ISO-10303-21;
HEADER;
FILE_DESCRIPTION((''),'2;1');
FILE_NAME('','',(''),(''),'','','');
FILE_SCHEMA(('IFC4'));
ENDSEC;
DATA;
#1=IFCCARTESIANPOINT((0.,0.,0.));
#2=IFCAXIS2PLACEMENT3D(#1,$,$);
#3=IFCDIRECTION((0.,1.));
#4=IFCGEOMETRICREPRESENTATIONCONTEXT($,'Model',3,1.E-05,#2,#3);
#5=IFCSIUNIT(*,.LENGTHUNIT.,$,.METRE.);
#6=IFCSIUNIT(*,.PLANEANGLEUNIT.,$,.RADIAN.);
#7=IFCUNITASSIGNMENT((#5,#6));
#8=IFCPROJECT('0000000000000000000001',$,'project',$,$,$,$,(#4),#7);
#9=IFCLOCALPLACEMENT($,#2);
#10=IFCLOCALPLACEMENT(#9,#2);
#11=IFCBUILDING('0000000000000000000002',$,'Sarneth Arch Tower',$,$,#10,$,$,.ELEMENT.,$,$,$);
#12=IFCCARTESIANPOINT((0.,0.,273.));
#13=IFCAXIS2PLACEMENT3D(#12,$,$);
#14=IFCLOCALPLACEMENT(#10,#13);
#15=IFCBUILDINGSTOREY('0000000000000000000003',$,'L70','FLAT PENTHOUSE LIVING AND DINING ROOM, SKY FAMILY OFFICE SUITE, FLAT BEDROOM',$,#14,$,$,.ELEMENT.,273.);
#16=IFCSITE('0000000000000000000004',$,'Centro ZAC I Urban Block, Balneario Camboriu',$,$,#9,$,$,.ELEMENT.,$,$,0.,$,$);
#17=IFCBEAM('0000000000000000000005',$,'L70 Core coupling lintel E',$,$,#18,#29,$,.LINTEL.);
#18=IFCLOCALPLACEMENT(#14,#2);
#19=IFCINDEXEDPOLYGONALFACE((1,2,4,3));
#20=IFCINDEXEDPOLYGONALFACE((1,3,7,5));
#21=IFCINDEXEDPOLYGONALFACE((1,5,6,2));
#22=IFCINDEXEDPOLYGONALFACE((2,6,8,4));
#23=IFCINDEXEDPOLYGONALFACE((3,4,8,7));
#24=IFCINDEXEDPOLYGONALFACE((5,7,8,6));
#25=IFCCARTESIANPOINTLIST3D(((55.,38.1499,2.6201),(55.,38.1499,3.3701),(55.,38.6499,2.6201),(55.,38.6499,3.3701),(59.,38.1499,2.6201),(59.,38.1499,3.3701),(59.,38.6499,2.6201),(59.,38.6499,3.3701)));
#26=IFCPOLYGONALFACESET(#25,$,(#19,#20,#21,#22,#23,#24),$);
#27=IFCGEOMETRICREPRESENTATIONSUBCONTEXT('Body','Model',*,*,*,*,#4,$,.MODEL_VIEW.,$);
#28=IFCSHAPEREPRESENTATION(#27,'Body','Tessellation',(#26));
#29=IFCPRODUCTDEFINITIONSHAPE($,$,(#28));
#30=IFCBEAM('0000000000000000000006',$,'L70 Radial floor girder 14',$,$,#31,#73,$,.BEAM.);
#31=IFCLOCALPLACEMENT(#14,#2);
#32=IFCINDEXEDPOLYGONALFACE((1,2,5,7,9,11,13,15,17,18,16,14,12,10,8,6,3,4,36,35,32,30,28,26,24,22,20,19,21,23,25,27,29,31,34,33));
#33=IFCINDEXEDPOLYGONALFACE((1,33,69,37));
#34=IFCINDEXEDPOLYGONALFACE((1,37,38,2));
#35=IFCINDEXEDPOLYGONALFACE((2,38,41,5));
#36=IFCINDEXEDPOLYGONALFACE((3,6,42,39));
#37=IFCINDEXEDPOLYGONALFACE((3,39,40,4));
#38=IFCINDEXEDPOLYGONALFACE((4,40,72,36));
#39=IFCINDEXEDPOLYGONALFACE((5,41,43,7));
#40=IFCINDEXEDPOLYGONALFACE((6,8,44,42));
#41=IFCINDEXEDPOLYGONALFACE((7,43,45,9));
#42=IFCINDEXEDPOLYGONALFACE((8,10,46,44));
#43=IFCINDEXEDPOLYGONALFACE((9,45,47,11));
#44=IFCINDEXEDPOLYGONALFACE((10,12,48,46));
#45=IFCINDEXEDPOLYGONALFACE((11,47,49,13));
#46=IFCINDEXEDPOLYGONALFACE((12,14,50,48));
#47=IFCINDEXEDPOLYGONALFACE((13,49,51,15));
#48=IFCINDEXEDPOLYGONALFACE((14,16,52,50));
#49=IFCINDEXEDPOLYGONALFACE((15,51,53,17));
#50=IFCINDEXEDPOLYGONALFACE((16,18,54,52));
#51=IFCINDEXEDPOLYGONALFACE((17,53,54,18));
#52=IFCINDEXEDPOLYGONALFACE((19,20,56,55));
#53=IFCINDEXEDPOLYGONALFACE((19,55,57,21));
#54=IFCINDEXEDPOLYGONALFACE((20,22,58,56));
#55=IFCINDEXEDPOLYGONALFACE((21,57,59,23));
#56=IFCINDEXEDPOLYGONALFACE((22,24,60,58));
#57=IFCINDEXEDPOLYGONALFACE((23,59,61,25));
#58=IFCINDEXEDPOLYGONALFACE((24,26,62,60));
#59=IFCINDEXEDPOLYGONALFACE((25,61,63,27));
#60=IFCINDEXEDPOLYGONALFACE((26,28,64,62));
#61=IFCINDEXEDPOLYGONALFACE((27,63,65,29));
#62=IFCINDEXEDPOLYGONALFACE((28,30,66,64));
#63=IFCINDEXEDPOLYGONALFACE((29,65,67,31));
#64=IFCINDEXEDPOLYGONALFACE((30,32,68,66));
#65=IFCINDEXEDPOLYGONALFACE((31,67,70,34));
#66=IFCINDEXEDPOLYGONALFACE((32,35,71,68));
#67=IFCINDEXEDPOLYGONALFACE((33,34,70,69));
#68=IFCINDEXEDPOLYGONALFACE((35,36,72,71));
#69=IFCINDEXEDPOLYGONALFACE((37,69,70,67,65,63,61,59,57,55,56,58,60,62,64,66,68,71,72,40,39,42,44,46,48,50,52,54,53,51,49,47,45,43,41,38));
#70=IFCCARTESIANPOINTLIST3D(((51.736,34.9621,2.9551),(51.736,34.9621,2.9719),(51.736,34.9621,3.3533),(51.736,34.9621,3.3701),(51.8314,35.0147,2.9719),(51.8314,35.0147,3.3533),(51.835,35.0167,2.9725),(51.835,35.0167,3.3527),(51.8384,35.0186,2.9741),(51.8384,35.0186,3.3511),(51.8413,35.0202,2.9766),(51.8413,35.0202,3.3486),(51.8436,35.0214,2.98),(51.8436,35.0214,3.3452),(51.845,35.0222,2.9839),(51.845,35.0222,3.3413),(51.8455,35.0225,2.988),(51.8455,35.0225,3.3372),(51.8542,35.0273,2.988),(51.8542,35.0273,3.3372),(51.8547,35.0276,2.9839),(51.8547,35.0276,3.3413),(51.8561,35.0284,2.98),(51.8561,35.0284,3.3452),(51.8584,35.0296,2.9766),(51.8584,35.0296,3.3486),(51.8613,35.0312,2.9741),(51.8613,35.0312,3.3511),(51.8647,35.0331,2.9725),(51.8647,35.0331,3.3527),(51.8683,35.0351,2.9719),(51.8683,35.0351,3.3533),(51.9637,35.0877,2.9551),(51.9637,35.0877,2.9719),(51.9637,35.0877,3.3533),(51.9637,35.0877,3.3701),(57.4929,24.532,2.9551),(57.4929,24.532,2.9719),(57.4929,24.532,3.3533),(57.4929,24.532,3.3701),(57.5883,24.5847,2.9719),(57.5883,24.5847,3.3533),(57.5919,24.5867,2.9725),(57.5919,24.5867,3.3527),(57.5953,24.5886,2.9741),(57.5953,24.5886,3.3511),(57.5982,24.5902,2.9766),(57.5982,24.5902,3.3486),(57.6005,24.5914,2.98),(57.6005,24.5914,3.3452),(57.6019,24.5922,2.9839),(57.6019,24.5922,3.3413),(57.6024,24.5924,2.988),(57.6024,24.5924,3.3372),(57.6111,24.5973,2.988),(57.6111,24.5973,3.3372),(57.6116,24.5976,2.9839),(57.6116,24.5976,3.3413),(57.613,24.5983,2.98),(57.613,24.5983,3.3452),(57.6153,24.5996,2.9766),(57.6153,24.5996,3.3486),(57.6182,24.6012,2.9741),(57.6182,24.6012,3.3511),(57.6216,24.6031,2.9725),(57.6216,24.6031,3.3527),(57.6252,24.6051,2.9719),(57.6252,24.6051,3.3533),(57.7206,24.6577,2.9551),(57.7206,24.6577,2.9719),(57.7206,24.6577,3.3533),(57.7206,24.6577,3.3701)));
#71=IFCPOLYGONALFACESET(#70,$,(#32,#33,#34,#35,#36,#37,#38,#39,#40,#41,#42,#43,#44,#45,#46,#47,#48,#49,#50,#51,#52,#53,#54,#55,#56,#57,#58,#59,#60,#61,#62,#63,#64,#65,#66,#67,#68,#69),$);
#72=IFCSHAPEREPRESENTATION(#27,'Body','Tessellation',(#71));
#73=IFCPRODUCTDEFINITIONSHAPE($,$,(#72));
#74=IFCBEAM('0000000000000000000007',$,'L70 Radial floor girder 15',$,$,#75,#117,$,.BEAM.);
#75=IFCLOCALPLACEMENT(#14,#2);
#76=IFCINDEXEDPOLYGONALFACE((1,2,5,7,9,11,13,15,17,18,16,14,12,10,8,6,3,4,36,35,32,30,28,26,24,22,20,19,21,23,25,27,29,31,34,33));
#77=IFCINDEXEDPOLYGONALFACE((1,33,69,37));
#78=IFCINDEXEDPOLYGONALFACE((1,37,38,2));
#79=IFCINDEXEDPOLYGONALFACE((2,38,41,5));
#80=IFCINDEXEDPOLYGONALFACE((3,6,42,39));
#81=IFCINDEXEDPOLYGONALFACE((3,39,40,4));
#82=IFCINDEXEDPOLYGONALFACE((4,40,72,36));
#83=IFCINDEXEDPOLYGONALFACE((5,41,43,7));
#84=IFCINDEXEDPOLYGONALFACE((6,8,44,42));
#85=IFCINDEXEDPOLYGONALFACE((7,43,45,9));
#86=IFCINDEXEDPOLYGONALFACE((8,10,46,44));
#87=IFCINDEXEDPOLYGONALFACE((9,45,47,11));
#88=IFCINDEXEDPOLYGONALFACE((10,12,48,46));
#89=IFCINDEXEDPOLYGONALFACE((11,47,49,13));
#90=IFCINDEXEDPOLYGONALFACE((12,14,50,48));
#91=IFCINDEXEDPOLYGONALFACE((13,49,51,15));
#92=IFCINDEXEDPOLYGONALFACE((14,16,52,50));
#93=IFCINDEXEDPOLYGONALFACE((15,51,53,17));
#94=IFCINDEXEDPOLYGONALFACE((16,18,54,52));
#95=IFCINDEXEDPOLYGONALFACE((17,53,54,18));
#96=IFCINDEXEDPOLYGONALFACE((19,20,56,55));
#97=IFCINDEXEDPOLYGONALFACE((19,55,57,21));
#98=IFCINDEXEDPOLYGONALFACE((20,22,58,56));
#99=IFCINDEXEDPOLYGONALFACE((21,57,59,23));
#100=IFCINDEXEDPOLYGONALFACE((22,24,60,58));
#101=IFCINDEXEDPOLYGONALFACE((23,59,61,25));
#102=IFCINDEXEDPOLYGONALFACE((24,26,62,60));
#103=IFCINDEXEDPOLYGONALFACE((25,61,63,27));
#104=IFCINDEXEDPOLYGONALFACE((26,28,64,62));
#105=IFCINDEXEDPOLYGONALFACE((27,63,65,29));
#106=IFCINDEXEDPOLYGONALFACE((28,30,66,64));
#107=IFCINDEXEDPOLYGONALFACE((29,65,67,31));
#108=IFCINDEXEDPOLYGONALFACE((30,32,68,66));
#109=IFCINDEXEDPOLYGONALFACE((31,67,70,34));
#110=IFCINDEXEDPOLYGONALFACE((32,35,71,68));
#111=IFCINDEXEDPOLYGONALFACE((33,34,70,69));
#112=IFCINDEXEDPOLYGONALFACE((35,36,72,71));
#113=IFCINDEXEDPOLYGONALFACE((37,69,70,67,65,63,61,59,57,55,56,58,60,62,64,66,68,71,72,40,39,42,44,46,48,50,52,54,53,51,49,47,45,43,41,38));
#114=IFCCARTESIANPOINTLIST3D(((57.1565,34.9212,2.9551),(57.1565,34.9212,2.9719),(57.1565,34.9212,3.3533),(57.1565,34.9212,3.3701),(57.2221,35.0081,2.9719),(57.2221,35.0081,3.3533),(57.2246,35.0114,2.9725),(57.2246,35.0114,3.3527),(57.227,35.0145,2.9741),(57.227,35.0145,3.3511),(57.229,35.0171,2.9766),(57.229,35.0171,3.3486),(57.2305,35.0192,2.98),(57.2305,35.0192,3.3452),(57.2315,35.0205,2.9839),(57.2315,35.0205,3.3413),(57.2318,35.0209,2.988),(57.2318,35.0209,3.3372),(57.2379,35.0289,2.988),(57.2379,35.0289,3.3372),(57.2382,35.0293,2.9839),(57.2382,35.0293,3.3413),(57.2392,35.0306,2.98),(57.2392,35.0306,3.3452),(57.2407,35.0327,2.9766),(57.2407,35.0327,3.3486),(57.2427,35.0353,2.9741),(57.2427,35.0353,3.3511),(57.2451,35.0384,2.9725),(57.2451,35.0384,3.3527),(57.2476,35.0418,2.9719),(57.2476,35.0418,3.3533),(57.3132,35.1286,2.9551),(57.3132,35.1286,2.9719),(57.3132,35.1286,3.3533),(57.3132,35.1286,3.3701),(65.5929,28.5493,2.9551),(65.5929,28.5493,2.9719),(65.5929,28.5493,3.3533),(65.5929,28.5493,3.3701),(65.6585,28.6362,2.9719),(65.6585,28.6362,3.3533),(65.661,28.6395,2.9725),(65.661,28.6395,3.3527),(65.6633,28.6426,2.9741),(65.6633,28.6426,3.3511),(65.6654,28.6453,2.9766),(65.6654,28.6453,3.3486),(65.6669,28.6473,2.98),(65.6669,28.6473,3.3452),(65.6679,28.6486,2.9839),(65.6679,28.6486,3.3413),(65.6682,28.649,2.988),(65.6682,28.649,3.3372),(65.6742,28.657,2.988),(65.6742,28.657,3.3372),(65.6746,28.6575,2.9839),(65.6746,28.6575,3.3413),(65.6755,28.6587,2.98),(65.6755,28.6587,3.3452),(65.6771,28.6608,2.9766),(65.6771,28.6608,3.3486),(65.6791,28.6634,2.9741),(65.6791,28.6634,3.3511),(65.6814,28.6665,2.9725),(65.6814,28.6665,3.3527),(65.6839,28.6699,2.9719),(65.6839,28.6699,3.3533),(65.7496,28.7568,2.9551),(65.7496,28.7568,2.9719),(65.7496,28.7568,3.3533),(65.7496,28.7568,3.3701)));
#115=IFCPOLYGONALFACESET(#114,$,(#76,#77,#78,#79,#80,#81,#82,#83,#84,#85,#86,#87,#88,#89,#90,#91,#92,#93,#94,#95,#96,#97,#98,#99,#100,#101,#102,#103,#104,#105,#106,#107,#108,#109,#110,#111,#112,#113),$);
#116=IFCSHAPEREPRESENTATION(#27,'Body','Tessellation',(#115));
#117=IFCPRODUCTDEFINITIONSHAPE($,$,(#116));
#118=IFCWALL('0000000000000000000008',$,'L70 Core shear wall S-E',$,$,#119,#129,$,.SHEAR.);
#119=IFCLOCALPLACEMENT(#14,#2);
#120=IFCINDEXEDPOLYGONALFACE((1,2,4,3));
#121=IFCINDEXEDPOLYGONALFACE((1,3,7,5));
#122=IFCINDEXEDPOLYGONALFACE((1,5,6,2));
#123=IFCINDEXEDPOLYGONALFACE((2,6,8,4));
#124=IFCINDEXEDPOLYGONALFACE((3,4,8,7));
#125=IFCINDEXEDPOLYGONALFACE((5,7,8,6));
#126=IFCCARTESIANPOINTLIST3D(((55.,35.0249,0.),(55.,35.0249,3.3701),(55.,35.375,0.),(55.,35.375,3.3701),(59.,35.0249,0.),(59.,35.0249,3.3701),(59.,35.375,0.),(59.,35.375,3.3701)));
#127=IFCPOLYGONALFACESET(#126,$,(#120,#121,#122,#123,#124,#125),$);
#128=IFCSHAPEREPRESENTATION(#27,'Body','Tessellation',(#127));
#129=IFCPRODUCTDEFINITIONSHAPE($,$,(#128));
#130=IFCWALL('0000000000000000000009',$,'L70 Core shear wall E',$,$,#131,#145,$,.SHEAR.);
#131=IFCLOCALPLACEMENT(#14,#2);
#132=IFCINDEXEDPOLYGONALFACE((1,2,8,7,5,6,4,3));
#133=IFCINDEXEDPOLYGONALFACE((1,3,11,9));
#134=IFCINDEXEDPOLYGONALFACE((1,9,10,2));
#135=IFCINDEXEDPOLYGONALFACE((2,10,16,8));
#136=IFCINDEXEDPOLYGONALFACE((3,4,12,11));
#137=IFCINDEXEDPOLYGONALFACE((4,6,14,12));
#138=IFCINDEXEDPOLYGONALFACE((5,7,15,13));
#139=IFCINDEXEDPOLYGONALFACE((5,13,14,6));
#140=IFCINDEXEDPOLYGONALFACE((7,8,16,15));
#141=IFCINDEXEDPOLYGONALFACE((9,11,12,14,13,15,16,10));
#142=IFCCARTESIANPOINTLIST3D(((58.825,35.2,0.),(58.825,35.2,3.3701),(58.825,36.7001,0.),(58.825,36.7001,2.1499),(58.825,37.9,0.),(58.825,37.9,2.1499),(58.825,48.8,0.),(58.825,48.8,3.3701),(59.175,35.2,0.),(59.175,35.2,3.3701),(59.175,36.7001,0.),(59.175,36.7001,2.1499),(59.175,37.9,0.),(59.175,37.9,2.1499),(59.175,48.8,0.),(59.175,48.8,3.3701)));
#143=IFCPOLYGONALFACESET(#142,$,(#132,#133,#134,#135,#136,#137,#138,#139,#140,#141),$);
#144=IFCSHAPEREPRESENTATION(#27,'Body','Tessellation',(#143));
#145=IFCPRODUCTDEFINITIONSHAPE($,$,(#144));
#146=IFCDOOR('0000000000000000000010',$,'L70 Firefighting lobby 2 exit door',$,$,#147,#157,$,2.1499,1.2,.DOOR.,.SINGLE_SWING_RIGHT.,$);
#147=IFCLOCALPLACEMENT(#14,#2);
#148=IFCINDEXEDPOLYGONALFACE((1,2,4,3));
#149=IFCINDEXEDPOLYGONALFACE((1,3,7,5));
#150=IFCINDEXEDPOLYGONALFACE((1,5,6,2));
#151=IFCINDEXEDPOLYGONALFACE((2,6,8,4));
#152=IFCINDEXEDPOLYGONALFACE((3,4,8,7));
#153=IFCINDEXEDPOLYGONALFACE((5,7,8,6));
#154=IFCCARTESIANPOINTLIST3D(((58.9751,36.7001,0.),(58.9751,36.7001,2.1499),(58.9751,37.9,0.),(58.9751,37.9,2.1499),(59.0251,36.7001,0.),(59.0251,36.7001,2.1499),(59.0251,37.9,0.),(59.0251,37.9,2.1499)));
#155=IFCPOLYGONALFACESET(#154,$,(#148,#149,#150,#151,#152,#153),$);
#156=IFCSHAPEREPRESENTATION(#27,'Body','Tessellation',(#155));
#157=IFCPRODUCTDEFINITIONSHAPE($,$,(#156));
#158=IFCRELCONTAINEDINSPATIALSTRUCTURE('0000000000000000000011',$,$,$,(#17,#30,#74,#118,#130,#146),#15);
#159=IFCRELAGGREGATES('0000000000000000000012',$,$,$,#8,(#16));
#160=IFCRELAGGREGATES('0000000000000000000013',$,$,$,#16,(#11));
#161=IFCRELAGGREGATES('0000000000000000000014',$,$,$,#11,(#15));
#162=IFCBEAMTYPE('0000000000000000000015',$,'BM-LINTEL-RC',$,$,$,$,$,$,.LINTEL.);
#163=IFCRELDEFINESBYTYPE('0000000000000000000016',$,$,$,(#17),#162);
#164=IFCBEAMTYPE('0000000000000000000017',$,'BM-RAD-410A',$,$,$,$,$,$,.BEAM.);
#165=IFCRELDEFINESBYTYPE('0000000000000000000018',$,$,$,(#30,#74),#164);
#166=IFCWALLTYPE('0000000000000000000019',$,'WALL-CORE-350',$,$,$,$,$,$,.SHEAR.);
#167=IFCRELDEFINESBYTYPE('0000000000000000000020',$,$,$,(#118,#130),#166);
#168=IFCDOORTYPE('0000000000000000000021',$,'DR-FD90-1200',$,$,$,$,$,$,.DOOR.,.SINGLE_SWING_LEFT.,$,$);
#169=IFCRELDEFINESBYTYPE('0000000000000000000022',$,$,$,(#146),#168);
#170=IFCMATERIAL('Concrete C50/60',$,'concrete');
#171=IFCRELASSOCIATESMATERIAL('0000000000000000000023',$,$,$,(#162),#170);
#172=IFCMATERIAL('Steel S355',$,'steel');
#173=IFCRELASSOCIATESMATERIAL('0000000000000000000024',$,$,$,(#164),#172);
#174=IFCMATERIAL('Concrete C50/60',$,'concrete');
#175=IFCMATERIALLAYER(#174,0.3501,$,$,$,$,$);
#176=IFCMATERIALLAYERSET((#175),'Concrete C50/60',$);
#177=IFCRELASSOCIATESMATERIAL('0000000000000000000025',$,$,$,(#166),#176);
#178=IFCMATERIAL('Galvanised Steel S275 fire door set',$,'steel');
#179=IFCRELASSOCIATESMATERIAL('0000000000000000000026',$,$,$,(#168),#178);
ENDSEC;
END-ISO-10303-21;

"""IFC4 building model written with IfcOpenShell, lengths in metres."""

from ifc_helpers import new_model, si_unit, direction, frame, frame_2d, origin, origin_2d, place, context, subcontext, project, spatial, rectangle, i_section, extrude, material, layer, layer_set, material_profile, profile_set, type_object, element, fill, save


model = new_model("IFC4")

# Units and contexts
model_context = context("Model", 3, precision=1e-05, world=origin(), true_north=direction((0.0, 1.0)))
body_context = subcontext(model_context, "Body", "Model", "MODEL_VIEW")
ifc_project = project(units=[si_unit("LENGTHUNIT", "METRE"), si_unit("PLANEANGLEUNIT", "RADIAN")], contexts=[model_context])

# Site, building, storey
site_placement = place(None, origin())
site = spatial("IfcSite", under=ifc_project, at=site_placement, Name="Centro ZAC I Urban Block, Balneario Camboriu", CompositionType="ELEMENT", RefElevation=0.0)
building_placement = place(site_placement, origin())
building = spatial("IfcBuilding", under=site, at=building_placement, Name="Sarneth Arch Tower", CompositionType="ELEMENT")
storey_placement = place(building_placement, frame((0.0, 0.0, 273.0)))
storey = spatial("IfcBuildingStorey", under=building, at=storey_placement, Name="L70", Description="FLAT PENTHOUSE LIVING AND DINING ROOM, SKY FAMILY OFFICE SUITE, FLAT BEDROOM", CompositionType="ELEMENT", Elevation=273.0)

# Beams
ifc_material_1 = material(Name="Concrete C50/60", Category="concrete")
ifc_material_profile_1 = material_profile(ifc_material_1, rectangle(XDim=0.5, YDim=0.75, at=origin_2d()), Name="RC-500x750")
ifc_profile_set_1 = profile_set([ifc_material_profile_1], Name="Concrete C50/60")
beam_type_1 = type_object("IfcBeamType", Name="BM-LINTEL-RC", PredefinedType="LINTEL", material=ifc_profile_set_1)
beam_1_placement = place(storey_placement, frame((55.0, 38.3999, 2.9951), z_axis=(1.0, 0.0, 0.0), x_axis=(0.0, 1.0, 0.0)))
element("IfcBeam", 1, at=beam_1_placement, inside=storey, type_object=beam_type_1, Name="L70 Core coupling lintel E", PredefinedType="LINTEL", context=body_context, shape_type="SweptSolid", body=[
    extrude(rectangle(XDim=0.5, YDim=0.75, at=origin_2d()), origin(), (0.0, 0.0, 1.0), 4.0),
])
ifc_material_2 = material(Name="Steel S355", Category="steel")
ifc_material_profile_2 = material_profile(ifc_material_2, i_section(OverallWidth=0.26, OverallDepth=0.415, WebThickness=0.01, FlangeThickness=0.0168, FilletRadius=0.0161, at=origin_2d()), Name="W410x100")
ifc_profile_set_2 = profile_set([ifc_material_profile_2], Name="Steel S355")
beam_type_2 = type_object("IfcBeamType", Name="BM-RAD-410A", PredefinedType="BEAM", material=ifc_profile_set_2)
beam_2_placement = place(storey_placement, frame((51.8499, 35.0249, 3.1626), z_axis=(0.483231, -0.875493, 0.0), x_axis=(0.875493, 0.483231, 0.0)))
element("IfcBeam", 2, at=beam_2_placement, inside=storey, type_object=beam_type_2, Name="L70 Radial floor girder 14", PredefinedType="BEAM", context=body_context, shape_type="SweptSolid", body=[
    extrude(i_section(OverallWidth=0.26, OverallDepth=0.415, WebThickness=0.01, FlangeThickness=0.0168, FilletRadius=0.0161, at=origin_2d()), origin(), (0.0, 0.0, 1.0), 11.9133),
])
beam_3_placement = place(storey_placement, frame((57.2349, 35.0249, 3.1626), z_axis=(0.79797, -0.602698, 0.0), x_axis=(0.602698, 0.79797, 0.0)))
element("IfcBeam", 3, at=beam_3_placement, inside=storey, type_object=beam_type_2, Name="L70 Radial floor girder 15", PredefinedType="BEAM", context=body_context, shape_type="SweptSolid", body=[
    extrude(i_section(OverallWidth=0.26, OverallDepth=0.415, WebThickness=0.01, FlangeThickness=0.0168, FilletRadius=0.0161, at=origin_2d()), origin(), (0.0, 0.0, 1.0), 10.5723),
])

# Wall
ifc_material_3 = material(Name="Concrete C50/60", Category="concrete")
ifc_layer_1 = layer(ifc_material_3, 0.3501)
ifc_layer_set_1 = layer_set([ifc_layer_1], Name="Concrete C50/60")
wall_type_1 = type_object("IfcWallType", Name="WALL-CORE-350", PredefinedType="SHEAR", material=ifc_layer_set_1)
wall_1_placement = place(storey_placement, frame((55.0, 35.2, 0.0), z_axis=(0.0, 0.0, 1.0), x_axis=(1.0, 0.0, 0.0)))
element("IfcWall", 4, at=wall_1_placement, inside=storey, type_object=wall_type_1, Name="L70 Core shear wall S-E", PredefinedType="SHEAR", context=body_context, shape_type="SweptSolid", body=[
    extrude(rectangle(XDim=4.0, YDim=0.3501, at=frame_2d((2.0, 0.0))), origin(), (0.0, 0.0, 1.0), 3.3701),
])

# Wall, opening, door
wall_2_placement = place(storey_placement, frame((59.0, 35.2, 0.0), z_axis=(0.0, 0.0, 1.0), x_axis=(0.0, 1.0, 0.0)))
wall_2 = element("IfcWall", 5, at=wall_2_placement, inside=storey, type_object=wall_type_1, Name="L70 Core shear wall E", PredefinedType="SHEAR", context=body_context, shape_type="SweptSolid", body=[
    extrude(rectangle(XDim=13.6001, YDim=0.3501, at=frame_2d((6.8, 0.0))), origin(), (0.0, 0.0, 1.0), 3.3701),
])
opening_1_placement = place(wall_2_placement, frame((1.5, 0.0, 0.0)))
opening_1 = element("IfcOpeningElement", 6, at=opening_1_placement, cuts=wall_2, PredefinedType="OPENING", context=body_context, shape_type="SweptSolid", body=[
    extrude(rectangle(XDim=1.2, YDim=2.1499, at=frame_2d((0.6001, 1.075))), frame((0.0, 0.1851, 0.0), z_axis=(0.0, -1.0, 0.0), x_axis=(1.0, 0.0, 0.0)), (0.0, 0.0, 1.0), 0.3701),
])
ifc_material_4 = material(Name="Galvanised Steel S275 fire door set", Category="steel")
door_type_1 = type_object("IfcDoorType", Name="DR-FD90-1200", OperationType="SINGLE_SWING_LEFT", PredefinedType="DOOR", material=ifc_material_4)
door_1_placement = place(opening_1_placement, origin())
door_1 = element("IfcDoor", 7, at=door_1_placement, inside=storey, type_object=door_type_1, Name="L70 Firefighting lobby 2 exit door", OperationType="SINGLE_SWING_RIGHT", OverallHeight=2.1499, OverallWidth=1.2, PredefinedType="DOOR", context=body_context, shape_type="SweptSolid", body=[
    extrude(rectangle(XDim=1.2, YDim=2.1499, at=frame_2d((0.6001, 1.075))), frame((0.0, 0.0249, 0.0), z_axis=(0.0, -1.0, 0.0), x_axis=(1.0, 0.0, 0.0)), (0.0, 0.0, 1.0), 0.05),
])
fill(opening_1, door_1)

save(model, "model.ifc")
